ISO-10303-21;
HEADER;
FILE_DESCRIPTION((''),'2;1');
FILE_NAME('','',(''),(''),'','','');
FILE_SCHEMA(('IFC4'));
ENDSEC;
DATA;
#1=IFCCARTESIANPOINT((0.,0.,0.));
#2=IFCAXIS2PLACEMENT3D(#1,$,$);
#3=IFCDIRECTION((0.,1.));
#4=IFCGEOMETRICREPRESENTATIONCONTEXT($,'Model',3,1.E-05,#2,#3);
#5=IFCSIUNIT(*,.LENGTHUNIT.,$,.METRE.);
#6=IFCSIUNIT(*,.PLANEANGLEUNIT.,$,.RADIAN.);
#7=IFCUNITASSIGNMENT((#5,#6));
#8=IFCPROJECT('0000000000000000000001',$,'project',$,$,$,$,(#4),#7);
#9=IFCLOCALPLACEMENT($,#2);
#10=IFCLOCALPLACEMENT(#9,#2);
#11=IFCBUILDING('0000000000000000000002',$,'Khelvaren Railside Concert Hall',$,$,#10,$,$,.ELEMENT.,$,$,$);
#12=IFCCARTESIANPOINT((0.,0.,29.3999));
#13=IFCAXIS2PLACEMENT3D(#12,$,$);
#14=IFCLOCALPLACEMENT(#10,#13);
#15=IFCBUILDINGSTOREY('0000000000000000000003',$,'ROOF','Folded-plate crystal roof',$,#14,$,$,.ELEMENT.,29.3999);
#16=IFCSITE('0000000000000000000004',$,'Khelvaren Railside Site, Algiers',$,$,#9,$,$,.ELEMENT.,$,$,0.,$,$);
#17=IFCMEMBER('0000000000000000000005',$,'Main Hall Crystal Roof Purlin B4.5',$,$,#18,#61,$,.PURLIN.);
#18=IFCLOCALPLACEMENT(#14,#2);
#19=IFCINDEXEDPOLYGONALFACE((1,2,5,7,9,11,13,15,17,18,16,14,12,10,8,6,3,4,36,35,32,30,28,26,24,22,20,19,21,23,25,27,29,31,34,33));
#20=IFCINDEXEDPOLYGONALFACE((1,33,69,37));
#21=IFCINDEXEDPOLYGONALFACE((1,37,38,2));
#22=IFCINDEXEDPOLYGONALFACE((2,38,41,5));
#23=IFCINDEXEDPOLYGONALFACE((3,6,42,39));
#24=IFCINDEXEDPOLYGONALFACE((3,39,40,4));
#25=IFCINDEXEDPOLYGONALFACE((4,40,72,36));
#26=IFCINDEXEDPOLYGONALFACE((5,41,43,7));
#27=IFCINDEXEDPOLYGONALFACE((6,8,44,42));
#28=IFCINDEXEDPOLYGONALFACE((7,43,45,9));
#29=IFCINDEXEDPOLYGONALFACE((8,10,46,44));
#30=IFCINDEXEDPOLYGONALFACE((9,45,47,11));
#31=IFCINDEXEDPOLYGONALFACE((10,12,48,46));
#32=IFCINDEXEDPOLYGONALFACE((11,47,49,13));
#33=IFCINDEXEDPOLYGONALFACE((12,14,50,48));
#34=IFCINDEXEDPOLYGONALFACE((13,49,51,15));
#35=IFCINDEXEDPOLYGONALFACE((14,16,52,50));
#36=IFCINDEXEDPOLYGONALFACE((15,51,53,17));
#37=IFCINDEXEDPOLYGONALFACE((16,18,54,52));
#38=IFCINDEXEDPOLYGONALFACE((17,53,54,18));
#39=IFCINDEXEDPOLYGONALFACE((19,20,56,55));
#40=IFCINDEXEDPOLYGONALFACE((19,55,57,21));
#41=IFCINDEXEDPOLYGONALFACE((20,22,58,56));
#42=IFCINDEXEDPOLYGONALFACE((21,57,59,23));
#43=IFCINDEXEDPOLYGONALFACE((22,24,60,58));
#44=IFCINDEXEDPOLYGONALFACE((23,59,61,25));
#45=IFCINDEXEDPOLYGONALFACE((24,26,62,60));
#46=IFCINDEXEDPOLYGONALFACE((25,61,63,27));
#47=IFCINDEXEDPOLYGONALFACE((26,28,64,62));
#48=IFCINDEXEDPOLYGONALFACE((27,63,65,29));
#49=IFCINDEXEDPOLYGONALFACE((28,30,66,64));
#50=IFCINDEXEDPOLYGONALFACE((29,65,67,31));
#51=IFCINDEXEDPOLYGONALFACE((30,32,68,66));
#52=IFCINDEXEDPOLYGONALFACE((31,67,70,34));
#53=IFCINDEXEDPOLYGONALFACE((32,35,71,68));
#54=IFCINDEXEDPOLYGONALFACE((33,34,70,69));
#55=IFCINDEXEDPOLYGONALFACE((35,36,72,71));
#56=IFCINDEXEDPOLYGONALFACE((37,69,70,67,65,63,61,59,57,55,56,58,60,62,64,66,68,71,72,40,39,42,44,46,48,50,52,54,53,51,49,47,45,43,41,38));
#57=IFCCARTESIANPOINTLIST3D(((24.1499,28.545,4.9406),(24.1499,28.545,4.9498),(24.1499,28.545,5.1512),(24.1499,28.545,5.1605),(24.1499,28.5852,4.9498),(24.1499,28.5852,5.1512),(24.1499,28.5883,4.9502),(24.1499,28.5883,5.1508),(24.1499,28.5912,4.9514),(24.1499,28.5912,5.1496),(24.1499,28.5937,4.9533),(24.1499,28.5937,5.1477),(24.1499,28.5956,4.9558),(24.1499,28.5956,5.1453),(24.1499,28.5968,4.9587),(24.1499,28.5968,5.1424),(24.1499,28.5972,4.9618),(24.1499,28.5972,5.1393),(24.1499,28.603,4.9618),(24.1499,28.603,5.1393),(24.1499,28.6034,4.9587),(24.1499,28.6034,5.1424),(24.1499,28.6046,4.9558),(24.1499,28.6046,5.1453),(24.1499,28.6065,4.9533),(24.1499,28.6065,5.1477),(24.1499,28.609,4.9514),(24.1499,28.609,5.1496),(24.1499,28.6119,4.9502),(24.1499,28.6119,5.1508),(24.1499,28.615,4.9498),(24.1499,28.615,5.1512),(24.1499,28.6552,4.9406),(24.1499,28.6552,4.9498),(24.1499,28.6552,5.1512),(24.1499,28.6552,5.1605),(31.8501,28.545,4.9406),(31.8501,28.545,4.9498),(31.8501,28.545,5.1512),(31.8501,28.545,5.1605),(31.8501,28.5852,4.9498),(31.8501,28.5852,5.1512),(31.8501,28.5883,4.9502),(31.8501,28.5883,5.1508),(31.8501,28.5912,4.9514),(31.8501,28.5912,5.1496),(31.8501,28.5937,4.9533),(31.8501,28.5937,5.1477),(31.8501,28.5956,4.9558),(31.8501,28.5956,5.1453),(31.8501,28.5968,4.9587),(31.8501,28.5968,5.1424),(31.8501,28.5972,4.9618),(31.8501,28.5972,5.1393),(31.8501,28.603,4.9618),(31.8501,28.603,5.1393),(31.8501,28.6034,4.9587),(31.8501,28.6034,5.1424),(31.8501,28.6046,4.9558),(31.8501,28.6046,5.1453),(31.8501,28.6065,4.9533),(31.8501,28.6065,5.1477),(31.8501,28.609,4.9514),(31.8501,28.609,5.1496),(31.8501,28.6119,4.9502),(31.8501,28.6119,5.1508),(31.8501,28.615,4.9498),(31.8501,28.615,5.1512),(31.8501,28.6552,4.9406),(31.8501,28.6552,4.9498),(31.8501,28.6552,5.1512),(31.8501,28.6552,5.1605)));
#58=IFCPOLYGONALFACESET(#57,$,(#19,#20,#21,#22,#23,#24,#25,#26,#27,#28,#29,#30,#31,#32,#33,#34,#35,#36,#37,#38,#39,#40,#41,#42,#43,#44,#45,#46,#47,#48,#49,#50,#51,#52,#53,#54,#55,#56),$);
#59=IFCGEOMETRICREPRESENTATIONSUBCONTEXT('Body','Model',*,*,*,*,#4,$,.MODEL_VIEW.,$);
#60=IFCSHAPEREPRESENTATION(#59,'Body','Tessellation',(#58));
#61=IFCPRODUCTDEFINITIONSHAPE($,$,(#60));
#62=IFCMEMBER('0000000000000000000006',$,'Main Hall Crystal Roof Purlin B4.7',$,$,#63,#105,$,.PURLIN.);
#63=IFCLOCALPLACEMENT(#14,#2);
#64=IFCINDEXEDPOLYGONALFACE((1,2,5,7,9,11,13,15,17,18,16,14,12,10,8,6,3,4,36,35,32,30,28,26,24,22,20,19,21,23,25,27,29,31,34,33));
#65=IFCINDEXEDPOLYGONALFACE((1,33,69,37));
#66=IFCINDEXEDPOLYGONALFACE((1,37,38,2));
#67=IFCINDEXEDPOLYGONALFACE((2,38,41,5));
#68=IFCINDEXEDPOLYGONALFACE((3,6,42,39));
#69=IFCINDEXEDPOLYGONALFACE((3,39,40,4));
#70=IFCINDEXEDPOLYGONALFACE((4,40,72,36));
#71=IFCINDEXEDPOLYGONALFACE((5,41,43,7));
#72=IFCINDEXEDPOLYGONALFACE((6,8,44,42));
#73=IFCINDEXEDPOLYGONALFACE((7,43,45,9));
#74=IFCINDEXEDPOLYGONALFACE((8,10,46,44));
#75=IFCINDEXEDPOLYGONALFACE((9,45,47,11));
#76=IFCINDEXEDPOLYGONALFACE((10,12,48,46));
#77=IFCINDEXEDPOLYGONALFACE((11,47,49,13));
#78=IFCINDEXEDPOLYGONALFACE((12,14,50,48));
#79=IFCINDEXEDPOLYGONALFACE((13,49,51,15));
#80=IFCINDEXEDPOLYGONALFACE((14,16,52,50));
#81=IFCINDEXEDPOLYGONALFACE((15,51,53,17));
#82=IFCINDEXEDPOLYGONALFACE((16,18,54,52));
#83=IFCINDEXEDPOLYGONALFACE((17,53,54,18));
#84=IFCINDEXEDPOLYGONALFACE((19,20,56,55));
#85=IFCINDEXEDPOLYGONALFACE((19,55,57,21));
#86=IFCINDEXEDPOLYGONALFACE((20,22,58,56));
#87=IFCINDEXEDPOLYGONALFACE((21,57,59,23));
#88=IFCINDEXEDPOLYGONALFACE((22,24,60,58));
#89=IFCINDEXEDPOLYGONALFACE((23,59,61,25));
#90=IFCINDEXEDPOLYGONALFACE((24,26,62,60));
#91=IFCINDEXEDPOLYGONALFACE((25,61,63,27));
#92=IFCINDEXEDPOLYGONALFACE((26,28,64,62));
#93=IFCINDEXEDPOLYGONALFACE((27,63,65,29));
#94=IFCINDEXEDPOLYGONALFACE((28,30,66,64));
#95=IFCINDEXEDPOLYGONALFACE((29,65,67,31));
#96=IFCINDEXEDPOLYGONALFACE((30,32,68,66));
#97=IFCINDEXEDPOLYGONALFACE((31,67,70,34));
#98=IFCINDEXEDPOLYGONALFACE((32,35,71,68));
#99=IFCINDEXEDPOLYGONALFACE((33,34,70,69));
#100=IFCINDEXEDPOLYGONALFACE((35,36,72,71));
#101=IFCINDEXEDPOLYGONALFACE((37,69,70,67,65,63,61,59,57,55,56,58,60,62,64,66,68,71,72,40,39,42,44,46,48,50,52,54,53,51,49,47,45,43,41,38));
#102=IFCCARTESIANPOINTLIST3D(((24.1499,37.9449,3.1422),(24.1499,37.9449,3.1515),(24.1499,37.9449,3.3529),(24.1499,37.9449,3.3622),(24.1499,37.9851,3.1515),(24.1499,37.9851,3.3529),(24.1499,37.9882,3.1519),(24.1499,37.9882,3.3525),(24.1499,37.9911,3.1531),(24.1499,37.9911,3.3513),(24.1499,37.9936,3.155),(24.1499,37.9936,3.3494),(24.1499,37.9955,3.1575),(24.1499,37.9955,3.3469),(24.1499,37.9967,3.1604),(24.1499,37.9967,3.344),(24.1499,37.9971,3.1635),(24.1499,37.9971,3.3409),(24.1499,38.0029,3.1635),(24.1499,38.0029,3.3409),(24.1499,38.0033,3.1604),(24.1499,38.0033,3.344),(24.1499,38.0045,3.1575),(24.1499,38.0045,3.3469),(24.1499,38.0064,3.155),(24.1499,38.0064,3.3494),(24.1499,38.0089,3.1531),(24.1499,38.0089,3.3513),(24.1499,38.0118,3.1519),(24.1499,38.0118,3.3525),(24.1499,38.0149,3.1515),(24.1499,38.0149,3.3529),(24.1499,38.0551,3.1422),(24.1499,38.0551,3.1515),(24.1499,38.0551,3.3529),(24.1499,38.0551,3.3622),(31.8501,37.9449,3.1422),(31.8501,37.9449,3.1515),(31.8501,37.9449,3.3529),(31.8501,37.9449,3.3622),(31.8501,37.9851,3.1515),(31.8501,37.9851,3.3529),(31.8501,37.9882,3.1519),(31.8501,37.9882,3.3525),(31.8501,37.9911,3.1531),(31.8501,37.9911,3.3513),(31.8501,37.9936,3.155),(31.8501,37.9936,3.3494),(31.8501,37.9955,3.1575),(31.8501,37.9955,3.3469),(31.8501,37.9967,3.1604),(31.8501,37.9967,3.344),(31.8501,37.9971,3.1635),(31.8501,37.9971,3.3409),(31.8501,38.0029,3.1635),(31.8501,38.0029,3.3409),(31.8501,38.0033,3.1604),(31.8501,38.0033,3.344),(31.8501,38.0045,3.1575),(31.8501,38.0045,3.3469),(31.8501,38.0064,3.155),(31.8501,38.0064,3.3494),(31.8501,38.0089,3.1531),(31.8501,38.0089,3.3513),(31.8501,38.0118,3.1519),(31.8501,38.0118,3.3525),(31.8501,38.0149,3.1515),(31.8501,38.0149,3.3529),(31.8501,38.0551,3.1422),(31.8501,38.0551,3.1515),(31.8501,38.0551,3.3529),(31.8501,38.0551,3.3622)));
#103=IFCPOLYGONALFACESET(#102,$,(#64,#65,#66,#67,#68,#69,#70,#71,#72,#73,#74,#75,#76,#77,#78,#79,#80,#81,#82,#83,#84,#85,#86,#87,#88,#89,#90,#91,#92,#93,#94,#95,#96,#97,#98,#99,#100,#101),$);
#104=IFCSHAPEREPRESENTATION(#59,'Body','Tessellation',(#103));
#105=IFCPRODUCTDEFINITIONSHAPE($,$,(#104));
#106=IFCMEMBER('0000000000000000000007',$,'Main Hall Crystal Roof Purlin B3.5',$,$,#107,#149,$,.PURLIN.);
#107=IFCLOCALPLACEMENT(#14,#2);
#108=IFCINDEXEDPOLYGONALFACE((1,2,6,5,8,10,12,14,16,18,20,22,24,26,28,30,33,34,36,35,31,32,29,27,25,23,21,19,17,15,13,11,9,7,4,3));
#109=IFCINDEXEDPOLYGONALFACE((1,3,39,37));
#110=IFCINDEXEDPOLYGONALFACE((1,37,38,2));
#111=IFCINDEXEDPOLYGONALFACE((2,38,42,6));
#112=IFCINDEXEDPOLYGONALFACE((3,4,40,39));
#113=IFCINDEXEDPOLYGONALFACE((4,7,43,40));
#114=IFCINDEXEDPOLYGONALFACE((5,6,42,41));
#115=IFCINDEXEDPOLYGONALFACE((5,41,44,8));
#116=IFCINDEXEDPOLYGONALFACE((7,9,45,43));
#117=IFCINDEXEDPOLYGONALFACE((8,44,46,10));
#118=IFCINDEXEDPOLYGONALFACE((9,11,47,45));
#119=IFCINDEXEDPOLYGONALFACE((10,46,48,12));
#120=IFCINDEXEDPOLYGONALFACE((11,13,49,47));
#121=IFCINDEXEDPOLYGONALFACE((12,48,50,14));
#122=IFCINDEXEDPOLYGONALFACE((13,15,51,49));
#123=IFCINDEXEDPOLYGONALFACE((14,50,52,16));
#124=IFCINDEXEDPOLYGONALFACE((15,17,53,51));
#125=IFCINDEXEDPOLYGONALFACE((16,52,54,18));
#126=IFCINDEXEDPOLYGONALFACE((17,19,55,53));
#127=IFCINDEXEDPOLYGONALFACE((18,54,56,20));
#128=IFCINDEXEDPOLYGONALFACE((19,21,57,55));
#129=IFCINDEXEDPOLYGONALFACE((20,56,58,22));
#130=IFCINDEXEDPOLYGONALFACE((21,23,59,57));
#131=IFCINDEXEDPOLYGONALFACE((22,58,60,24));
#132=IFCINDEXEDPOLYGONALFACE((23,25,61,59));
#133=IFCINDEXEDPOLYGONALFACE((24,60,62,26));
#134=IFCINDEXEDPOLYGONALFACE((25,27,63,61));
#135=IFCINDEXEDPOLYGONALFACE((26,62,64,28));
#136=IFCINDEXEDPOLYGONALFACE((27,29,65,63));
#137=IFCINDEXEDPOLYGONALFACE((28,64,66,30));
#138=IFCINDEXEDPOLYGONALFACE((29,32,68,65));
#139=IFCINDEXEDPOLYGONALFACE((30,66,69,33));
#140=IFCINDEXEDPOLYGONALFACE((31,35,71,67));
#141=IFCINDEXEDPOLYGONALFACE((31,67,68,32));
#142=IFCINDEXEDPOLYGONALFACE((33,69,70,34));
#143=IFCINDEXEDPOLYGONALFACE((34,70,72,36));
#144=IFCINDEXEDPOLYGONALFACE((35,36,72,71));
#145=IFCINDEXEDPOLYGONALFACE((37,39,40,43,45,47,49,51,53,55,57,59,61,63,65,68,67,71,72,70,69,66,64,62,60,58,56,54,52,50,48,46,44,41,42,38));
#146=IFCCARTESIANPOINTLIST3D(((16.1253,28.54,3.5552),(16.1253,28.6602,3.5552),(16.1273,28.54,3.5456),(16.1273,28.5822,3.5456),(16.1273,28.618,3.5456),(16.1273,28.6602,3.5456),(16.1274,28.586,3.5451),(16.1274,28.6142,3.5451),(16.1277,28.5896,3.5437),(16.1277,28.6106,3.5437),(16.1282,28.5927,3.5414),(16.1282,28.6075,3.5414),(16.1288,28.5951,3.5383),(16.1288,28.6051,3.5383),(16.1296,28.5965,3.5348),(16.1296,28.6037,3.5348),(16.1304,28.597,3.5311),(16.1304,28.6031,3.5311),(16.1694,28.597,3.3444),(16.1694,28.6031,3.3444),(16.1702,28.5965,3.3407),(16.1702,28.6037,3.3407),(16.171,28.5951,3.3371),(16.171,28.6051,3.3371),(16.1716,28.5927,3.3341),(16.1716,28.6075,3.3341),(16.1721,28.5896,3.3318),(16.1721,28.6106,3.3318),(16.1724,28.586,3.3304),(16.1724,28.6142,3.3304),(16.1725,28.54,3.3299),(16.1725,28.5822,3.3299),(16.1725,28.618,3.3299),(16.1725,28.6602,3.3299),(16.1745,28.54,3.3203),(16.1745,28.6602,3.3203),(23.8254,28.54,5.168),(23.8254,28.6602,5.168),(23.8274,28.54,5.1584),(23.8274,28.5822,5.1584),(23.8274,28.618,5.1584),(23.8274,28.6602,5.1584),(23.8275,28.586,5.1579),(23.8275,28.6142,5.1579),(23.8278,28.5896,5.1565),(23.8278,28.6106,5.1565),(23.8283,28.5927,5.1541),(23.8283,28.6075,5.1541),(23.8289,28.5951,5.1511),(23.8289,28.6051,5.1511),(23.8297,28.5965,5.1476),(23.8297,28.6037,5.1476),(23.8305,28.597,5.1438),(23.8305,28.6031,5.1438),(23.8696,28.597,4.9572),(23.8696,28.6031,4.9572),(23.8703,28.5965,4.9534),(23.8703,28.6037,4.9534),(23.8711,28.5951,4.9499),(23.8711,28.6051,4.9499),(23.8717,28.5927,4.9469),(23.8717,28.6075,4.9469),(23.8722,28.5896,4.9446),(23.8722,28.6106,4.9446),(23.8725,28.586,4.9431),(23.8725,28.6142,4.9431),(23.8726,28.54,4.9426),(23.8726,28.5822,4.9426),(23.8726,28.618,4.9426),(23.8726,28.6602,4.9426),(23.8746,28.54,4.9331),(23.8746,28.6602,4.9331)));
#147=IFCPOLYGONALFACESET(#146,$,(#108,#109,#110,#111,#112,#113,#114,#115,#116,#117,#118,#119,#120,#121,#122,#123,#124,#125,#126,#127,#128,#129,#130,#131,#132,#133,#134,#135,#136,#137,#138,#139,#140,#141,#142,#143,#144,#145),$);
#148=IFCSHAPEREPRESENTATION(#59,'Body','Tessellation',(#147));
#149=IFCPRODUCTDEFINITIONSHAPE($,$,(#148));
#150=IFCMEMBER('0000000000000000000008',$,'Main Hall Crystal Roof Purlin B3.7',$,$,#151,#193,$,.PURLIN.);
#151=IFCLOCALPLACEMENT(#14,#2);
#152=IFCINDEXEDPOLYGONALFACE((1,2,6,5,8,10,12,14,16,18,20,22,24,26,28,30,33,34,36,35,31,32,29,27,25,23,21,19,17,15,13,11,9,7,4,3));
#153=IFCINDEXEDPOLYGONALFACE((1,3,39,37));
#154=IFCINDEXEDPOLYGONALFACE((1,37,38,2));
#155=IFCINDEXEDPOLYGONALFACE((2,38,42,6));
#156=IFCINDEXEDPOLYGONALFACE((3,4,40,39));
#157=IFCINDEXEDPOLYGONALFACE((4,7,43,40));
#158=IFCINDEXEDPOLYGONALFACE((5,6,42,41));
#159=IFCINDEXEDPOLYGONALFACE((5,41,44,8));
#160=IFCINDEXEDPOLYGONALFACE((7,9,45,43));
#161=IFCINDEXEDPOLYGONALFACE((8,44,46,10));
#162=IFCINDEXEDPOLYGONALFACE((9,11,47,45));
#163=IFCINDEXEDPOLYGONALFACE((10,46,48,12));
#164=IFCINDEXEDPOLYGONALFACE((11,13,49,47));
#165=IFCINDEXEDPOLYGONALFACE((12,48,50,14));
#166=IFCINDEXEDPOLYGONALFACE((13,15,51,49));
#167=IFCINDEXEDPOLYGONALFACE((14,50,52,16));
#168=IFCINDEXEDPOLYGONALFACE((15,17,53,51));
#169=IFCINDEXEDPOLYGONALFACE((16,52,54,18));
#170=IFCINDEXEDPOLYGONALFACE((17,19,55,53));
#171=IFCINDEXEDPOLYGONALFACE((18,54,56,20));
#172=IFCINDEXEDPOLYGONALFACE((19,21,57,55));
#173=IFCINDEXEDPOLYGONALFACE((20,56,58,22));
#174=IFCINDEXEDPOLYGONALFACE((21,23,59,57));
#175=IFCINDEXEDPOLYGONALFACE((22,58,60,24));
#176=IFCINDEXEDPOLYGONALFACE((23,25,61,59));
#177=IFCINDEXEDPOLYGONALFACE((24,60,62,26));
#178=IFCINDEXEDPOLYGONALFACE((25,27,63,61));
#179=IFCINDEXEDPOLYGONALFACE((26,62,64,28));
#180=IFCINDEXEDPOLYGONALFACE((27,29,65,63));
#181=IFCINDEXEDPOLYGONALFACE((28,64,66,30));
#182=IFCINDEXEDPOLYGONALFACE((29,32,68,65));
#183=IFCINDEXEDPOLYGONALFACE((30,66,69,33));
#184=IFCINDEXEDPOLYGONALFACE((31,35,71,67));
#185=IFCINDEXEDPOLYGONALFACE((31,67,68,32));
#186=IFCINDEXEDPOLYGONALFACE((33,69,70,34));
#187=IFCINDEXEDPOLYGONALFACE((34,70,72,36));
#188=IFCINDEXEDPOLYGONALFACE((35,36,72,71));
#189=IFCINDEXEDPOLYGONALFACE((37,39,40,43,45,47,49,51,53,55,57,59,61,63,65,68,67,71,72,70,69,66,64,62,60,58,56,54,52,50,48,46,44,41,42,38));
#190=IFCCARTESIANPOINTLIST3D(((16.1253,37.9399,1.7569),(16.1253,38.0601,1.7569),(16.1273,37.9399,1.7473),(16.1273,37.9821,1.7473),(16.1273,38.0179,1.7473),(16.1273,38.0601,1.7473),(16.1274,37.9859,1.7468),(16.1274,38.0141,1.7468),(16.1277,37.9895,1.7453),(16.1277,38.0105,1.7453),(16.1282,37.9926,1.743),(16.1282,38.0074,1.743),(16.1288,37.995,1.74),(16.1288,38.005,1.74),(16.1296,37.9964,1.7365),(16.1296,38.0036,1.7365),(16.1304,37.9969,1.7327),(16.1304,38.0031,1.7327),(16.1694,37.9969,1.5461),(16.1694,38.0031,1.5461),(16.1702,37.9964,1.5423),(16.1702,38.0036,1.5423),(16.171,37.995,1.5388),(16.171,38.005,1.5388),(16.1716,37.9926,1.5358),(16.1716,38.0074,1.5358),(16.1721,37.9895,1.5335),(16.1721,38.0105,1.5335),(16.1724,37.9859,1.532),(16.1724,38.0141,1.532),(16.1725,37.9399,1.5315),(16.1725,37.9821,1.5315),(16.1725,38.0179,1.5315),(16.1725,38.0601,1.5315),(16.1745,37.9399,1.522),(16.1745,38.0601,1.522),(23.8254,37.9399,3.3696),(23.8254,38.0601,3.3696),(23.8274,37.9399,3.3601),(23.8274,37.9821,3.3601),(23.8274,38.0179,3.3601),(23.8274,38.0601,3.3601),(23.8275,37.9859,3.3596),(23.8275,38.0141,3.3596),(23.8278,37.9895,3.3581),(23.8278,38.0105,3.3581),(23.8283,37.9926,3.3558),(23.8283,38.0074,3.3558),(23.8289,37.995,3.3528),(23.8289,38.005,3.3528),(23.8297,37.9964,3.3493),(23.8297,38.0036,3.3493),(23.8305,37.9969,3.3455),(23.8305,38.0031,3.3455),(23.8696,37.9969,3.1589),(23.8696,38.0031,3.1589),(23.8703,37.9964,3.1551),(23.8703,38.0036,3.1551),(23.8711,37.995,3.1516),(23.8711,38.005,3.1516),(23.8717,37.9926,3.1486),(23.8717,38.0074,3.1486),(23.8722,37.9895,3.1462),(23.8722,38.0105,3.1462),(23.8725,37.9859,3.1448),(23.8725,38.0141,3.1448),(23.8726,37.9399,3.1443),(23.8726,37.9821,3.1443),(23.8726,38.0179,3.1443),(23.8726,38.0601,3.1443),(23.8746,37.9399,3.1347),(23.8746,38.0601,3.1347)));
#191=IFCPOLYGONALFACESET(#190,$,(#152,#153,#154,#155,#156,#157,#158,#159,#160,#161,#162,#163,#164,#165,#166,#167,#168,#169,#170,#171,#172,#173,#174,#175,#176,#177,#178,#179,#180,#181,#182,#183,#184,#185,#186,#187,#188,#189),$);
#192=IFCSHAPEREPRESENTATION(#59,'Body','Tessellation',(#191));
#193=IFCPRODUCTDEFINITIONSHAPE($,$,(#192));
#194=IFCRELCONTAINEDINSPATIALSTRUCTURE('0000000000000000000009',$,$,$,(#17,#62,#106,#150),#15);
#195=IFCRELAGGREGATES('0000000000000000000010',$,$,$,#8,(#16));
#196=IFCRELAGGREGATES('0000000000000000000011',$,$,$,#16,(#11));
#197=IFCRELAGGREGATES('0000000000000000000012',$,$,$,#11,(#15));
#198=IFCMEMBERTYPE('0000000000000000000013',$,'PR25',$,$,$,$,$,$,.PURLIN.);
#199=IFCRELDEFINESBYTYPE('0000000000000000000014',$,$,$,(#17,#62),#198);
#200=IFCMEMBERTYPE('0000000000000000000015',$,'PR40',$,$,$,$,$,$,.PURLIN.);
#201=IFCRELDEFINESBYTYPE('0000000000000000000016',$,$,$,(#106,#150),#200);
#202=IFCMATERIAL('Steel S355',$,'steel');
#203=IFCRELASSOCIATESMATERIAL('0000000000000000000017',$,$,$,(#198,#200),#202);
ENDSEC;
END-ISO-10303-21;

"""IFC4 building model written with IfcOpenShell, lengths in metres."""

from ifc_helpers import new_model, si_unit, direction, frame, origin, origin_2d, place, context, subcontext, project, spatial, i_section, extrude, material, material_profile, profile_set, type_object, element, save


model = new_model("IFC4")

# Units and contexts
model_context = context("Model", 3, precision=1e-05, world=origin(), true_north=direction((0.0, 1.0)))
body_context = subcontext(model_context, "Body", "Model", "MODEL_VIEW")
ifc_project = project(units=[si_unit("LENGTHUNIT", "METRE"), si_unit("PLANEANGLEUNIT", "RADIAN")], contexts=[model_context])

# Site, building, storey
site_placement = place(None, origin())
site = spatial("IfcSite", under=ifc_project, at=site_placement, Name="Khelvaren Railside Site, Algiers", CompositionType="ELEMENT", RefElevation=0.0)
building_placement = place(site_placement, origin())
building = spatial("IfcBuilding", under=site, at=building_placement, Name="Khelvaren Railside Concert Hall", CompositionType="ELEMENT")
storey_placement = place(building_placement, frame((0.0, 0.0, 29.3999)))
storey = spatial("IfcBuildingStorey", under=building, at=storey_placement, Name="ROOF", Description="Folded-plate crystal roof", CompositionType="ELEMENT", Elevation=29.3999)

# Shared definitions
ifc_material_1 = material(Name="Steel S355", Category="steel")

# Members
ifc_material_profile_1 = material_profile(ifc_material_1, i_section(OverallWidth=0.1101, OverallDepth=0.22, WebThickness=0.0059, FlangeThickness=0.0093, FilletRadius=0.012, at=origin_2d()), Name="IPE 220")
ifc_profile_set_1 = profile_set([ifc_material_profile_1], Name="Steel S355")
member_type_1 = type_object("IfcMemberType", Name="PR25", PredefinedType="PURLIN", material=ifc_profile_set_1)
for number, where, z_axis, x_axis, name in (
    (1, (24.1499, 28.6001, 5.0505), (1.0, 0.0, 0.0), (0.0, 1.0, 0.0), "Main Hall Crystal Roof Purlin B4.5"),
    (2, (24.1499, 38.0, 3.2522), (1.0, 0.0, 0.0), (0.0, 1.0, 0.0), "Main Hall Crystal Roof Purlin B4.7"),
):
    element("IfcMember", number, at=place(storey_placement, frame(where, z_axis=z_axis, x_axis=x_axis)), inside=storey, type_object=member_type_1, Name=name, PredefinedType="PURLIN", context=body_context, shape_type="SweptSolid", body=[
        extrude(i_section(OverallWidth=0.1101, OverallDepth=0.22, WebThickness=0.0059, FlangeThickness=0.0093, FilletRadius=0.012, at=origin_2d()), origin(), (0.0, 0.0, 1.0), 7.7002),
    ])
ifc_material_profile_2 = material_profile(ifc_material_1, i_section(OverallWidth=0.1201, OverallDepth=0.24, WebThickness=0.0061, FlangeThickness=0.0098, FilletRadius=0.0149, at=origin_2d()), Name="IPE 240")
ifc_profile_set_2 = profile_set([ifc_material_profile_2], Name="Steel S355")
member_type_2 = type_object("IfcMemberType", Name="PR40", PredefinedType="PURLIN", material=ifc_profile_set_2)
for number, where, z_axis, x_axis, name in (
    (3, (16.1499, 28.6001, 3.4377), (0.978762, 0.0, 0.205), (0.0, 1.0, 0.0), "Main Hall Crystal Roof Purlin B3.5"),
    (4, (16.1499, 38.0, 1.6394), (0.978762, 0.0, 0.205), (0.0, 1.0, 0.0), "Main Hall Crystal Roof Purlin B3.7"),
):
    element("IfcMember", number, at=place(storey_placement, frame(where, z_axis=z_axis, x_axis=x_axis)), inside=storey, type_object=member_type_2, Name=name, PredefinedType="PURLIN", context=body_context, shape_type="SweptSolid", body=[
        extrude(i_section(OverallWidth=0.1201, OverallDepth=0.24, WebThickness=0.0061, FlangeThickness=0.0098, FilletRadius=0.0149, at=origin_2d()), origin(), (0.0, 0.0, 1.0), 7.8672),
    ])

save(model, "model.ifc")
